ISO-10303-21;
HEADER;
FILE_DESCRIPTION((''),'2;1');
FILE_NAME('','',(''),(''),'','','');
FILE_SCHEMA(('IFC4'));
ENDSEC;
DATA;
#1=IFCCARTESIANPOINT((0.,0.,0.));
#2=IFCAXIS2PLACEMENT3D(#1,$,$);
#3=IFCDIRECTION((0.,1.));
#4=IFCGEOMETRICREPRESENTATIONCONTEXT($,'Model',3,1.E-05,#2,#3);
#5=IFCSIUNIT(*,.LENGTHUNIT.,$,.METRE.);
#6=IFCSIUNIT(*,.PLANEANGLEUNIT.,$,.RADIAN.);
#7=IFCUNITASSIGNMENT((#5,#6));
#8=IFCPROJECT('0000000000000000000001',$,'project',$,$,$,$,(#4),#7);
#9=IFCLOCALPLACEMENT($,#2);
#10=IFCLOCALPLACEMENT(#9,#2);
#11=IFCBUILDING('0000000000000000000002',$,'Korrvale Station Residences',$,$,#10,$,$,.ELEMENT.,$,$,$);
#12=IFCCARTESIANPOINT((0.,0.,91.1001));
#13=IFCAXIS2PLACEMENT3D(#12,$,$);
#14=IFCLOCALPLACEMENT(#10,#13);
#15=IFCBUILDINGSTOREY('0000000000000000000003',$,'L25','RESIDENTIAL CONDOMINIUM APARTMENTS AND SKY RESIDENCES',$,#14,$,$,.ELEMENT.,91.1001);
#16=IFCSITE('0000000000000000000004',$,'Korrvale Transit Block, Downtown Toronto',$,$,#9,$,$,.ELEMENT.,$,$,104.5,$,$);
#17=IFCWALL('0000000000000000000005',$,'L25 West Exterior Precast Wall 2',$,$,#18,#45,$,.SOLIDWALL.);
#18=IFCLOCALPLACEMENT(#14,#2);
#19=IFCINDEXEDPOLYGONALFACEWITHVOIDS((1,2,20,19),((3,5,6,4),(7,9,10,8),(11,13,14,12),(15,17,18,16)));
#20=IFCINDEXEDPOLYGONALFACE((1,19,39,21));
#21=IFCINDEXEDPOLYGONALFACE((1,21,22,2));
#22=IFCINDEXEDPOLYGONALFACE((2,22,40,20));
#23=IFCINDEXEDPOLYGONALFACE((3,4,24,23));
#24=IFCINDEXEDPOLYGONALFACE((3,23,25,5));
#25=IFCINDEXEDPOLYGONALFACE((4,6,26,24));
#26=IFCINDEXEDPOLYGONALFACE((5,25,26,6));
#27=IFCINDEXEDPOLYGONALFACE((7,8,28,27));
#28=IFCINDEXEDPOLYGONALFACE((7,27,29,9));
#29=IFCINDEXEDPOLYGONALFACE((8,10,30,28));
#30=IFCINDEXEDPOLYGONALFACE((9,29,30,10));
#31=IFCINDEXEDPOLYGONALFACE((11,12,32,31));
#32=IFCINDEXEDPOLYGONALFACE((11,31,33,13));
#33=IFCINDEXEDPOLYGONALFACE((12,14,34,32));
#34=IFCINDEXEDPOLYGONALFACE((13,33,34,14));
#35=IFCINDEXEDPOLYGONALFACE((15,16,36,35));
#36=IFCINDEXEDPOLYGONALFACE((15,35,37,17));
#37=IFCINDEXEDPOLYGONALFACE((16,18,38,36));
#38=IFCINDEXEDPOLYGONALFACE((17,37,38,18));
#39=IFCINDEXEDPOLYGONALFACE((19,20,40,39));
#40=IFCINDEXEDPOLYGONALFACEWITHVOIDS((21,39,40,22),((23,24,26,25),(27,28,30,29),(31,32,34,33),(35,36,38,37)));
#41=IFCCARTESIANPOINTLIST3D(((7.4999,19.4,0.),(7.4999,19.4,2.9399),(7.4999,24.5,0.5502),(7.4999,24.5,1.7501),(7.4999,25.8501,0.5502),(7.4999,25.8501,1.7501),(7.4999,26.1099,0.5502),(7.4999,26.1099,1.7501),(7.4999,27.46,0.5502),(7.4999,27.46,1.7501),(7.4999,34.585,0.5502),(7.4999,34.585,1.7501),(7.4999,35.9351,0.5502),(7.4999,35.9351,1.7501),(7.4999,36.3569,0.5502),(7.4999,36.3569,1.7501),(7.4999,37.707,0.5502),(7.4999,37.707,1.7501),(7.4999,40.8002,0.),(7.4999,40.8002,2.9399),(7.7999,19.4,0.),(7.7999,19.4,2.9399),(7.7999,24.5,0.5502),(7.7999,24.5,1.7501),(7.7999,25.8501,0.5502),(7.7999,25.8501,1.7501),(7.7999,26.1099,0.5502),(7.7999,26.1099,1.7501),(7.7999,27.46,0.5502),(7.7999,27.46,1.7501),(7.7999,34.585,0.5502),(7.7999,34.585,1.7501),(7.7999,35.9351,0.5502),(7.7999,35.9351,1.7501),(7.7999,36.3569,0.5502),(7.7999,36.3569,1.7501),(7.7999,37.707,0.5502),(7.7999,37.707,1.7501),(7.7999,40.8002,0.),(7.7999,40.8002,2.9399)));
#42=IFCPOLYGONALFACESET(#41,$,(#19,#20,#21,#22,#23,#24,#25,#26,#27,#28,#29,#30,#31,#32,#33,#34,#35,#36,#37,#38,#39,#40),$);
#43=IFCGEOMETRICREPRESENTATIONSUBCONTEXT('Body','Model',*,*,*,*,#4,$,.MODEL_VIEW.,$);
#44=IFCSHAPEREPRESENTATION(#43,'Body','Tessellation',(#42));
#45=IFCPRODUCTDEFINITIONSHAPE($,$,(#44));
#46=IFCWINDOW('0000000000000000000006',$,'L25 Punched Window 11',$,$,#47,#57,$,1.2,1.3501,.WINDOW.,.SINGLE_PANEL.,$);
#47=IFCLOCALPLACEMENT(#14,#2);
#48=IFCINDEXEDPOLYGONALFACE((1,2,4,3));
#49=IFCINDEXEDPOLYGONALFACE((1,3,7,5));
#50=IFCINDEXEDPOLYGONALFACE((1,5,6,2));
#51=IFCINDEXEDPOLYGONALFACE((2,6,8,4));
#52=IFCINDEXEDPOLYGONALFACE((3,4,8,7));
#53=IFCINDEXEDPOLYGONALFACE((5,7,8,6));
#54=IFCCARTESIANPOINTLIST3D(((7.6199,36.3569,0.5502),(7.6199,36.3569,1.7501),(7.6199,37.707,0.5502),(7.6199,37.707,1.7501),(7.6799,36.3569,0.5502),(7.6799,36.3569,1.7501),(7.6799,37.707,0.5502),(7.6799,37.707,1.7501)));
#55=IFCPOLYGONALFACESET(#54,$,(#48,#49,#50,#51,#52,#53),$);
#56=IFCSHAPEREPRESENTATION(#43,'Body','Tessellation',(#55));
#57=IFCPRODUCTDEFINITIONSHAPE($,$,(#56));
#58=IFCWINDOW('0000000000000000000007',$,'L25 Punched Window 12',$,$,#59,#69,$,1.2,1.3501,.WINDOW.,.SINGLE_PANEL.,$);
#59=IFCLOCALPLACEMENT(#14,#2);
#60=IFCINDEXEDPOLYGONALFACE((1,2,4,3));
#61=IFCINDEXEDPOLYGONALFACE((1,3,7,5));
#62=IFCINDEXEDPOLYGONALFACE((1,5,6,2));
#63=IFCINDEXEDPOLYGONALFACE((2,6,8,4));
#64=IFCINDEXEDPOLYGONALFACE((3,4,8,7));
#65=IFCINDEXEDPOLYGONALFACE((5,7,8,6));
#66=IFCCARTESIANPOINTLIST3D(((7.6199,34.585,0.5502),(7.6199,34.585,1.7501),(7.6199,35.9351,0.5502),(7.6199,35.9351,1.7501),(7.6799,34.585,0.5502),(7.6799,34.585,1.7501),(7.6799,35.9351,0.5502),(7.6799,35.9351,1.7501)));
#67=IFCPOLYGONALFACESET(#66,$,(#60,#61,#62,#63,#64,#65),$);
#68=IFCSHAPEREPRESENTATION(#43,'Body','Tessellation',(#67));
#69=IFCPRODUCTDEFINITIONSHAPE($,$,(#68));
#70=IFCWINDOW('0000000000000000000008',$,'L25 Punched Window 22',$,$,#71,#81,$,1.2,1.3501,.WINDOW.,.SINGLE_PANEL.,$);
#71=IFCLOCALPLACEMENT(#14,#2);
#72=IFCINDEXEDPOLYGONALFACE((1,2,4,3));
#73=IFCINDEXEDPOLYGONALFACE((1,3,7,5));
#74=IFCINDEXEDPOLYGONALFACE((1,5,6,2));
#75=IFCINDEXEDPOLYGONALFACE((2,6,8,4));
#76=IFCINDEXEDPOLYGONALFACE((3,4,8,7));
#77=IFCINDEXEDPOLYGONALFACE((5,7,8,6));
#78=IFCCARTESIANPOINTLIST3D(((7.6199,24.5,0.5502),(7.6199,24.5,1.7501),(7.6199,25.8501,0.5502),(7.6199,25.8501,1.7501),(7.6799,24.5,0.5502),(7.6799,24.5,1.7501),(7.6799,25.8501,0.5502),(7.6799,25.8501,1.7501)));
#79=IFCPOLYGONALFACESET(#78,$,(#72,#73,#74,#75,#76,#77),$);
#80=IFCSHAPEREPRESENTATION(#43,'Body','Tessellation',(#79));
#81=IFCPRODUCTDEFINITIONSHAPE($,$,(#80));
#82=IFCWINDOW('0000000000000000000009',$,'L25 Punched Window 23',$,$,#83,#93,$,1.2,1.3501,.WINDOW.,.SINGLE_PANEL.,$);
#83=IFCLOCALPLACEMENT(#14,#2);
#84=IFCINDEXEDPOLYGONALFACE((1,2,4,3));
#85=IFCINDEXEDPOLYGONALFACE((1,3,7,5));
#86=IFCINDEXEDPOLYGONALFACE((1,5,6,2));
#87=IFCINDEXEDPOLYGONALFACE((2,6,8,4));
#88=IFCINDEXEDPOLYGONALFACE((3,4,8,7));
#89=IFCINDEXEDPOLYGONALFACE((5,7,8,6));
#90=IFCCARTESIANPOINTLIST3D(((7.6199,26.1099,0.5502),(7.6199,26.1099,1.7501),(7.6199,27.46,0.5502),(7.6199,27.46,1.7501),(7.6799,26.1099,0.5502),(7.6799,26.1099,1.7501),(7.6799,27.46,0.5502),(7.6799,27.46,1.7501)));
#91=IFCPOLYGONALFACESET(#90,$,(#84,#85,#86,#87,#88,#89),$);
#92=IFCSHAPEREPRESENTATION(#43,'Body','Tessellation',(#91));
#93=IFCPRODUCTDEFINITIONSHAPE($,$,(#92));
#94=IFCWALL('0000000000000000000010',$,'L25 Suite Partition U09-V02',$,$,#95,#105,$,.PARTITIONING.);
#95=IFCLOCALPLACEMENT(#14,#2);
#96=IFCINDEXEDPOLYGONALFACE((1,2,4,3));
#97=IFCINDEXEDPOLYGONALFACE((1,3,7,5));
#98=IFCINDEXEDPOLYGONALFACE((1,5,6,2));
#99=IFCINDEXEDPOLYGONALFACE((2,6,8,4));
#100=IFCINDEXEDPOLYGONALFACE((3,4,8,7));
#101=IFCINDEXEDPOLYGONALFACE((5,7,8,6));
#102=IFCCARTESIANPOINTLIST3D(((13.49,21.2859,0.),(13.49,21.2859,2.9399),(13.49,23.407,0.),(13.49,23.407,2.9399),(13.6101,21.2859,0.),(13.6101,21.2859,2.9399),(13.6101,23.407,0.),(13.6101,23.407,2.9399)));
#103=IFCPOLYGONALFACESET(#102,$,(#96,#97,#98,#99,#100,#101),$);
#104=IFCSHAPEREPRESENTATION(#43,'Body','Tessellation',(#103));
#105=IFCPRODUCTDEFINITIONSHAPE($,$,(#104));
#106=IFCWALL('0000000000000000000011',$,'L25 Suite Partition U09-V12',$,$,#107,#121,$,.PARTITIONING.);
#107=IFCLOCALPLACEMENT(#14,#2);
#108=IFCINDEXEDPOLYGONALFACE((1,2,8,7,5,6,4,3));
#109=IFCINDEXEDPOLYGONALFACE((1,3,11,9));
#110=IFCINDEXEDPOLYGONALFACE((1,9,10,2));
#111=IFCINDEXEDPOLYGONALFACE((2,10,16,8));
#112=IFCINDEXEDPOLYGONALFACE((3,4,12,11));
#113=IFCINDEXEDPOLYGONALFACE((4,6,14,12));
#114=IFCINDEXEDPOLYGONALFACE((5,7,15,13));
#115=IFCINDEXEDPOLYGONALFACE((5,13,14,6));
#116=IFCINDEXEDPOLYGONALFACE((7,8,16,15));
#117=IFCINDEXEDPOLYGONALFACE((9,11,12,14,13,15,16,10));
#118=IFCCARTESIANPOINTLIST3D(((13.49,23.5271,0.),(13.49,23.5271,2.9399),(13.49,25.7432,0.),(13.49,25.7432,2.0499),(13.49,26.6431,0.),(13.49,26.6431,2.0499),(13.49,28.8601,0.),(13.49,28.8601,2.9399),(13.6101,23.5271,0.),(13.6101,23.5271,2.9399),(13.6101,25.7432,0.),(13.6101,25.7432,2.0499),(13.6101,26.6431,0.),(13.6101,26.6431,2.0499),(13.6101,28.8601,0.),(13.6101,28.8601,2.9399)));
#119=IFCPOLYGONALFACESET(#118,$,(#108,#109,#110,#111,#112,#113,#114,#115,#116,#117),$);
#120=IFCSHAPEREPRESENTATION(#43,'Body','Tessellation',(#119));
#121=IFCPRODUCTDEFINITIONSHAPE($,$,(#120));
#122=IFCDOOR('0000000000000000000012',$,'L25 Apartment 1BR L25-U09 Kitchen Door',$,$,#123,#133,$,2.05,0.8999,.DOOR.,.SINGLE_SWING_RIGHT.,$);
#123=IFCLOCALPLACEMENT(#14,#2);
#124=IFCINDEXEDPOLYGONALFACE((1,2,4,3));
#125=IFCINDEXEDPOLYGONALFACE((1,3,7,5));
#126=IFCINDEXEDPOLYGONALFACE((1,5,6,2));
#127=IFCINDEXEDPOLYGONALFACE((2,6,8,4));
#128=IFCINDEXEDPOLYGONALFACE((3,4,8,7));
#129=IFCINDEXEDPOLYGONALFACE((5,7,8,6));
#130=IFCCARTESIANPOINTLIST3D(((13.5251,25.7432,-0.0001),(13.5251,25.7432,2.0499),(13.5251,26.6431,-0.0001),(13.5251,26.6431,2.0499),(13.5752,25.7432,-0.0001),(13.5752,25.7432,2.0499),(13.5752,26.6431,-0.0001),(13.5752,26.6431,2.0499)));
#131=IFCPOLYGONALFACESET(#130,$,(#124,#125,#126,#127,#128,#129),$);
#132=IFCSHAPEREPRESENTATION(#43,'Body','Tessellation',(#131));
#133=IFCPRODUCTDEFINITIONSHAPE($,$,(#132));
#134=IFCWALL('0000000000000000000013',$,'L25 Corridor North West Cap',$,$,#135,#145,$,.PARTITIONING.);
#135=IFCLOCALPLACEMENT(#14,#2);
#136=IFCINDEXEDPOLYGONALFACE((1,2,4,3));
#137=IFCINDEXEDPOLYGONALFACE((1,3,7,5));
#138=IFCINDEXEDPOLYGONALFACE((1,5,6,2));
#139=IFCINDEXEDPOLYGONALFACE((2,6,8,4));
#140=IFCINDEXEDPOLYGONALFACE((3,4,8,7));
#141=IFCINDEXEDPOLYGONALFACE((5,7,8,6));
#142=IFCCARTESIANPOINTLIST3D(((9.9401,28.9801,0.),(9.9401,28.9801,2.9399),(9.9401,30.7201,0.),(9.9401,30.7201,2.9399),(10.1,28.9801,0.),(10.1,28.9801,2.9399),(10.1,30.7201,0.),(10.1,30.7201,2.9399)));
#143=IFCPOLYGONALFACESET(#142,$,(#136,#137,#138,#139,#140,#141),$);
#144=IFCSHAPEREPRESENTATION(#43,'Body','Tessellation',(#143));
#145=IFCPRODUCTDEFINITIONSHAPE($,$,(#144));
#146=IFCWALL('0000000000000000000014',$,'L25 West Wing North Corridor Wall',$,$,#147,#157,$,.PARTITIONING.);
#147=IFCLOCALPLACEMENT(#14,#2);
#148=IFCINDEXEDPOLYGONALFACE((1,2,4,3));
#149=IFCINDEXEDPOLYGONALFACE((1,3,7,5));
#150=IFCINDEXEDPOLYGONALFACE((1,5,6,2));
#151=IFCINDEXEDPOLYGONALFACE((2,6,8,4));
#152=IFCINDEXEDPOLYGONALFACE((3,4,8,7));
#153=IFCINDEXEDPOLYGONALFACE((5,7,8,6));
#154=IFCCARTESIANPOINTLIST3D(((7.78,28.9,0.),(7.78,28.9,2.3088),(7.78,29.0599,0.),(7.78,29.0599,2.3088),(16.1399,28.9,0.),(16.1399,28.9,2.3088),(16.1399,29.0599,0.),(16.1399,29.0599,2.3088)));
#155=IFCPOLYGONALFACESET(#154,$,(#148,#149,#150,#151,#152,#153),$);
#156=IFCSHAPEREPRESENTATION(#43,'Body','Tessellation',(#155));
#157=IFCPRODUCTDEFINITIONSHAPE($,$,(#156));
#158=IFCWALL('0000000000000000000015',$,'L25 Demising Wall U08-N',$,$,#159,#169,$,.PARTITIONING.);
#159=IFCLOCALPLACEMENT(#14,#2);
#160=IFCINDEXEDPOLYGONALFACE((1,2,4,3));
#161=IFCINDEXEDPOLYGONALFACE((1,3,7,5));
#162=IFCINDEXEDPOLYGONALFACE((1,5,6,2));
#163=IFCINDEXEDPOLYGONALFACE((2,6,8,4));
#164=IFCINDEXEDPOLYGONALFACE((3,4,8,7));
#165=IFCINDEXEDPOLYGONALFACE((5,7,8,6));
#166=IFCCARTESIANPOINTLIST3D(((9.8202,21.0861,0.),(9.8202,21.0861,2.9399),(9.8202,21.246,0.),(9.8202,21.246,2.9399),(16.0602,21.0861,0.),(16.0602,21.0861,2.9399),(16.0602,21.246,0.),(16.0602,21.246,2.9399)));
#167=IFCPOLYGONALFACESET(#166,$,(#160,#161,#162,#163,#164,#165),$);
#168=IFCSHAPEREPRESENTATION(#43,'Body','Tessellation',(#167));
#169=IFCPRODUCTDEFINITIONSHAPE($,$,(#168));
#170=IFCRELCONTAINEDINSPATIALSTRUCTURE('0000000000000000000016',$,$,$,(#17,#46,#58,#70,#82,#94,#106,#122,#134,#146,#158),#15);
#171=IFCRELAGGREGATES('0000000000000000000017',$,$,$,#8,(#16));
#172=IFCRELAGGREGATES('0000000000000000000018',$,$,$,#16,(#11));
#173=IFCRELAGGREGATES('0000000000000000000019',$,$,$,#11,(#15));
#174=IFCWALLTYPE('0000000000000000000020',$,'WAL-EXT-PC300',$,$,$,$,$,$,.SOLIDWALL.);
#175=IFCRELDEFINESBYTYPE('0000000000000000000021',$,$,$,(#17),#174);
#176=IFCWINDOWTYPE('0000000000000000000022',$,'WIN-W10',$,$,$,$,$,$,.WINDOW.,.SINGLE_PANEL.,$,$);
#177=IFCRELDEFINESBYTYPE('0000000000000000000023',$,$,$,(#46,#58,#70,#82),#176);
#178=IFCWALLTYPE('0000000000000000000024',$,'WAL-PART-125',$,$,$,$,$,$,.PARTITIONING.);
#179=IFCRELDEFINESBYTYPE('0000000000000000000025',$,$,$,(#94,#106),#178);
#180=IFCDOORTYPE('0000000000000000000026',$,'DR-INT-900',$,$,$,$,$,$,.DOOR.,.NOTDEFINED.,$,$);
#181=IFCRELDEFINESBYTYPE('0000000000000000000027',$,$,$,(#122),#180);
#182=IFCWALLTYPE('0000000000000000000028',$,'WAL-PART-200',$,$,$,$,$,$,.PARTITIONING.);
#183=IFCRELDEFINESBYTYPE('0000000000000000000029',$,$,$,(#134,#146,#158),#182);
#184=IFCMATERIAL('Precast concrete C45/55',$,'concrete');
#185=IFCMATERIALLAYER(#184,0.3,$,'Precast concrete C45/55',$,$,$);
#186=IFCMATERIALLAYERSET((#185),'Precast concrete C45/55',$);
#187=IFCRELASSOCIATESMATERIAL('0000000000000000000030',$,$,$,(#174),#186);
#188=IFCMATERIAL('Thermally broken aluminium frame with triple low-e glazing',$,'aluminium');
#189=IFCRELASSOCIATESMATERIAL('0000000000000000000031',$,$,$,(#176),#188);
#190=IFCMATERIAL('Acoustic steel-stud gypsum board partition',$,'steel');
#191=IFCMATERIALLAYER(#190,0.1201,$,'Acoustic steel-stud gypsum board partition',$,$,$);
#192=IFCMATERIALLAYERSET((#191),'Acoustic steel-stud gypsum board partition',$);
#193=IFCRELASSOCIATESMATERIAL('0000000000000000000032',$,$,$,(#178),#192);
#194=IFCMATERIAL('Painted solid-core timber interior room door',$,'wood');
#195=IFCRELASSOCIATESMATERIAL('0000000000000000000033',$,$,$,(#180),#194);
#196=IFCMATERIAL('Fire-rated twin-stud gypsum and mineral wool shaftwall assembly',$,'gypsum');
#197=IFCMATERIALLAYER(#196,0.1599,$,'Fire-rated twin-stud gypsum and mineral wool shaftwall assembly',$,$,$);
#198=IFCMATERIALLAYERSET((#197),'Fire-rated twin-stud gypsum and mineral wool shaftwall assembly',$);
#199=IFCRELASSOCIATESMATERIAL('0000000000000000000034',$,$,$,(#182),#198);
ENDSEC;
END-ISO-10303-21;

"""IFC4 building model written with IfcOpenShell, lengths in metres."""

from ifc_helpers import new_model, si_unit, direction, frame, frame_2d, origin, place, context, subcontext, project, spatial, rectangle, extrude, material, layer, layer_set, type_object, element, fill, save


model = new_model("IFC4")

# Units and contexts
model_context = context("Model", 3, precision=1e-05, world=origin(), true_north=direction((0.0, 1.0)))
body_context = subcontext(model_context, "Body", "Model", "MODEL_VIEW")
ifc_project = project(units=[si_unit("LENGTHUNIT", "METRE"), si_unit("PLANEANGLEUNIT", "RADIAN")], contexts=[model_context])

# Site, building, storey
site_placement = place(None, origin())
site = spatial("IfcSite", under=ifc_project, at=site_placement, Name="Korrvale Transit Block, Downtown Toronto", CompositionType="ELEMENT", RefElevation=104.5)
building_placement = place(site_placement, origin())
building = spatial("IfcBuilding", under=site, at=building_placement, Name="Korrvale Station Residences", CompositionType="ELEMENT")
storey_placement = place(building_placement, frame((0.0, 0.0, 91.1001)))
storey = spatial("IfcBuildingStorey", under=building, at=storey_placement, Name="L25", Description="RESIDENTIAL CONDOMINIUM APARTMENTS AND SKY RESIDENCES", CompositionType="ELEMENT", Elevation=91.1001)

# Shared definitions
ifc_material_1 = material(Name="Precast concrete C45/55", Category="concrete")

# Wall, openings, windows
ifc_layer_1 = layer(ifc_material_1, 0.3, Name="Precast concrete C45/55")
ifc_layer_set_1 = layer_set([ifc_layer_1], Name="Precast concrete C45/55")
wall_type_1 = type_object("IfcWallType", Name="WAL-EXT-PC300", PredefinedType="SOLIDWALL", material=ifc_layer_set_1)
wall_1_placement = place(storey_placement, frame((7.6499, 19.3999, 0.0), z_axis=(0.0, 0.0, 1.0), x_axis=(0.0, 1.0, 0.0)))
wall_1 = element("IfcWall", 1, at=wall_1_placement, inside=storey, type_object=wall_type_1, Name="L25 West Exterior Precast Wall 2", PredefinedType="SOLIDWALL", context=body_context, shape_type="SweptSolid", body=[
    extrude(rectangle(XDim=21.4001, YDim=0.3, at=frame_2d((10.7002, 0.0))), origin(), (0.0, 0.0, 1.0), 2.9399),
])
opening_1_placement = place(wall_1_placement, frame((16.957, 0.0, 0.55)))
opening_1 = element("IfcOpeningElement", 2, at=opening_1_placement, cuts=wall_1, PredefinedType="OPENING", context=body_context, shape_type="SweptSolid", body=[
    extrude(rectangle(XDim=1.3501, YDim=1.2, at=frame_2d((0.675, 0.6001))), frame((0.0, 0.1602, 0.0), z_axis=(0.0, -1.0, 0.0), x_axis=(1.0, 0.0, 0.0)), (0.0, 0.0, 1.0), 0.3201),
])
opening_2_placement = place(wall_1_placement, frame((15.1851, 0.0, 0.55)))
opening_2 = element("IfcOpeningElement", 3, at=opening_2_placement, cuts=wall_1, PredefinedType="OPENING", context=body_context, shape_type="SweptSolid", body=[
    extrude(rectangle(XDim=1.3501, YDim=1.2, at=frame_2d((0.675, 0.6001))), frame((0.0, 0.1602, 0.0), z_axis=(0.0, -1.0, 0.0), x_axis=(1.0, 0.0, 0.0)), (0.0, 0.0, 1.0), 0.3201),
])
opening_3_placement = place(wall_1_placement, frame((5.1001, 0.0, 0.55)))
opening_3 = element("IfcOpeningElement", 4, at=opening_3_placement, cuts=wall_1, PredefinedType="OPENING", context=body_context, shape_type="SweptSolid", body=[
    extrude(rectangle(XDim=1.3501, YDim=1.2, at=frame_2d((0.675, 0.6001))), frame((0.0, 0.1602, 0.0), z_axis=(0.0, -1.0, 0.0), x_axis=(1.0, 0.0, 0.0)), (0.0, 0.0, 1.0), 0.3201),
])
opening_4_placement = place(wall_1_placement, frame((6.71, 0.0, 0.55)))
opening_4 = element("IfcOpeningElement", 5, at=opening_4_placement, cuts=wall_1, PredefinedType="OPENING", context=body_context, shape_type="SweptSolid", body=[
    extrude(rectangle(XDim=1.3501, YDim=1.2, at=frame_2d((0.675, 0.6001))), frame((0.0, 0.1602, 0.0), z_axis=(0.0, -1.0, 0.0), x_axis=(1.0, 0.0, 0.0)), (0.0, 0.0, 1.0), 0.3201),
])
ifc_material_2 = material(Name="Thermally broken aluminium frame with triple low-e glazing", Category="aluminium")
window_type = type_object("IfcWindowType", Name="WIN-W10", PartitioningType="SINGLE_PANEL", PredefinedType="WINDOW", material=ifc_material_2)
window_1_placement = place(opening_1_placement, origin())
window_1 = element("IfcWindow", 6, at=window_1_placement, inside=storey, type_object=window_type, Name="L25 Punched Window 11", OverallHeight=1.2, OverallWidth=1.3501, PartitioningType="SINGLE_PANEL", PredefinedType="WINDOW", context=body_context, shape_type="SweptSolid", body=[
    extrude(rectangle(XDim=1.3501, YDim=1.2, at=frame_2d((0.675, 0.6001))), frame((0.0, 0.03, 0.0), z_axis=(0.0, -1.0, 0.0), x_axis=(1.0, 0.0, 0.0)), (0.0, 0.0, 1.0), 0.0601),
])
fill(opening_1, window_1)
window_2_placement = place(opening_2_placement, origin())
window_2 = element("IfcWindow", 7, at=window_2_placement, inside=storey, type_object=window_type, Name="L25 Punched Window 12", OverallHeight=1.2, OverallWidth=1.3501, PartitioningType="SINGLE_PANEL", PredefinedType="WINDOW", context=body_context, shape_type="SweptSolid", body=[
    extrude(rectangle(XDim=1.3501, YDim=1.2, at=frame_2d((0.675, 0.6001))), frame((0.0, 0.03, 0.0), z_axis=(0.0, -1.0, 0.0), x_axis=(1.0, 0.0, 0.0)), (0.0, 0.0, 1.0), 0.0601),
])
fill(opening_2, window_2)
window_3_placement = place(opening_3_placement, origin())
window_3 = element("IfcWindow", 8, at=window_3_placement, inside=storey, type_object=window_type, Name="L25 Punched Window 22", OverallHeight=1.2, OverallWidth=1.3501, PartitioningType="SINGLE_PANEL", PredefinedType="WINDOW", context=body_context, shape_type="SweptSolid", body=[
    extrude(rectangle(XDim=1.3501, YDim=1.2, at=frame_2d((0.675, 0.6001))), frame((0.0, 0.03, 0.0), z_axis=(0.0, -1.0, 0.0), x_axis=(1.0, 0.0, 0.0)), (0.0, 0.0, 1.0), 0.0601),
])
fill(opening_3, window_3)
window_4_placement = place(opening_4_placement, origin())
window_4 = element("IfcWindow", 9, at=window_4_placement, inside=storey, type_object=window_type, Name="L25 Punched Window 23", OverallHeight=1.2, OverallWidth=1.3501, PartitioningType="SINGLE_PANEL", PredefinedType="WINDOW", context=body_context, shape_type="SweptSolid", body=[
    extrude(rectangle(XDim=1.3501, YDim=1.2, at=frame_2d((0.675, 0.6001))), frame((0.0, 0.03, 0.0), z_axis=(0.0, -1.0, 0.0), x_axis=(1.0, 0.0, 0.0)), (0.0, 0.0, 1.0), 0.0601),
])
fill(opening_4, window_4)

# Wall
ifc_material_3 = material(Name="Acoustic steel-stud gypsum board partition", Category="steel")
ifc_layer_2 = layer(ifc_material_3, 0.1201, Name="Acoustic steel-stud gypsum board partition")
ifc_layer_set_2 = layer_set([ifc_layer_2], Name="Acoustic steel-stud gypsum board partition")
wall_type_2 = type_object("IfcWallType", Name="WAL-PART-125", PredefinedType="PARTITIONING", material=ifc_layer_set_2)
wall_2_placement = place(storey_placement, frame((13.55, 21.2859, 0.0), z_axis=(0.0, 0.0, 1.0), x_axis=(0.0, 1.0, 0.0)))
element("IfcWall", 10, at=wall_2_placement, inside=storey, type_object=wall_type_2, Name="L25 Suite Partition U09-V02", PredefinedType="PARTITIONING", context=body_context, shape_type="SweptSolid", body=[
    extrude(rectangle(XDim=2.1211, YDim=0.1201, at=frame_2d((1.0605, 0.0))), origin(), (0.0, 0.0, 1.0), 2.9399),
])

# Wall, opening, door
wall_3_placement = place(storey_placement, frame((13.55, 23.5271, 0.0), z_axis=(0.0, 0.0, 1.0), x_axis=(0.0, 1.0, 0.0)))
wall_3 = element("IfcWall", 11, at=wall_3_placement, inside=storey, type_object=wall_type_2, Name="L25 Suite Partition U09-V12", PredefinedType="PARTITIONING", context=body_context, shape_type="SweptSolid", body=[
    extrude(rectangle(XDim=5.333, YDim=0.1201, at=frame_2d((2.6665, 0.0))), origin(), (0.0, 0.0, 1.0), 2.9399),
])
opening_5_placement = place(wall_3_placement, frame((2.2161, 0.0, 0.0)))
opening_5 = element("IfcOpeningElement", 12, at=opening_5_placement, cuts=wall_3, PredefinedType="OPENING", context=body_context, shape_type="SweptSolid", body=[
    extrude(rectangle(XDim=0.8999, YDim=2.05, at=frame_2d((0.45, 1.0249))), frame((0.0, 0.0701, 0.0), z_axis=(0.0, -1.0, 0.0), x_axis=(1.0, 0.0, 0.0)), (0.0, 0.0, 1.0), 0.1401),
])
ifc_material_4 = material(Name="Painted solid-core timber interior room door", Category="wood")
door_type = type_object("IfcDoorType", Name="DR-INT-900", OperationType="NOTDEFINED", PredefinedType="DOOR", material=ifc_material_4)
door_placement = place(opening_5_placement, origin())
door = element("IfcDoor", 13, at=door_placement, inside=storey, type_object=door_type, Name="L25 Apartment 1BR L25-U09 Kitchen Door", OperationType="SINGLE_SWING_RIGHT", OverallHeight=2.05, OverallWidth=0.8999, PredefinedType="DOOR", context=body_context, shape_type="SweptSolid", body=[
    extrude(rectangle(XDim=0.8999, YDim=2.05, at=frame_2d((0.45, 1.0249))), frame((0.0, 0.0249, 0.0), z_axis=(0.0, -1.0, 0.0), x_axis=(1.0, 0.0, 0.0)), (0.0, 0.0, 1.0), 0.05),
])
fill(opening_5, door)

# Walls
ifc_material_5 = material(Name="Fire-rated twin-stud gypsum and mineral wool shaftwall assembly", Category="gypsum")
ifc_layer_3 = layer(ifc_material_5, 0.1599, Name="Fire-rated twin-stud gypsum and mineral wool shaftwall assembly")
ifc_layer_set_3 = layer_set([ifc_layer_3], Name="Fire-rated twin-stud gypsum and mineral wool shaftwall assembly")
wall_type_3 = type_object("IfcWallType", Name="WAL-PART-200", PredefinedType="PARTITIONING", material=ifc_layer_set_3)
wall_4_placement = place(storey_placement, frame((10.02, 28.98, 0.0), z_axis=(0.0, 0.0, 1.0), x_axis=(0.0, 1.0, 0.0)))
element("IfcWall", 14, at=wall_4_placement, inside=storey, type_object=wall_type_3, Name="L25 Corridor North West Cap", PredefinedType="PARTITIONING", context=body_context, shape_type="SweptSolid", body=[
    extrude(rectangle(XDim=1.74, YDim=0.1599, at=frame_2d((0.8701, 0.0))), origin(), (0.0, 0.0, 1.0), 2.9399),
])
wall_5_placement = place(storey_placement, frame((7.78, 28.98, 0.0), z_axis=(0.0, 0.0, 1.0), x_axis=(1.0, 0.0, 0.0)))
element("IfcWall", 15, at=wall_5_placement, inside=storey, type_object=wall_type_3, Name="L25 West Wing North Corridor Wall", PredefinedType="PARTITIONING", context=body_context, shape_type="SweptSolid", body=[
    extrude(rectangle(XDim=8.3599, YDim=0.1599, at=frame_2d((4.1799, 0.0))), origin(), (0.0, 0.0, 1.0), 2.3088),
])
wall_6_placement = place(storey_placement, frame((9.8201, 21.166, 0.0), z_axis=(0.0, 0.0, 1.0), x_axis=(1.0, 0.0, 0.0)))
element("IfcWall", 16, at=wall_6_placement, inside=storey, type_object=wall_type_3, Name="L25 Demising Wall U08-N", PredefinedType="PARTITIONING", context=body_context, shape_type="SweptSolid", body=[
    extrude(rectangle(XDim=6.24, YDim=0.1599, at=frame_2d((3.1201, 0.0))), origin(), (0.0, 0.0, 1.0), 2.9399),
])

save(model, "model.ifc")
